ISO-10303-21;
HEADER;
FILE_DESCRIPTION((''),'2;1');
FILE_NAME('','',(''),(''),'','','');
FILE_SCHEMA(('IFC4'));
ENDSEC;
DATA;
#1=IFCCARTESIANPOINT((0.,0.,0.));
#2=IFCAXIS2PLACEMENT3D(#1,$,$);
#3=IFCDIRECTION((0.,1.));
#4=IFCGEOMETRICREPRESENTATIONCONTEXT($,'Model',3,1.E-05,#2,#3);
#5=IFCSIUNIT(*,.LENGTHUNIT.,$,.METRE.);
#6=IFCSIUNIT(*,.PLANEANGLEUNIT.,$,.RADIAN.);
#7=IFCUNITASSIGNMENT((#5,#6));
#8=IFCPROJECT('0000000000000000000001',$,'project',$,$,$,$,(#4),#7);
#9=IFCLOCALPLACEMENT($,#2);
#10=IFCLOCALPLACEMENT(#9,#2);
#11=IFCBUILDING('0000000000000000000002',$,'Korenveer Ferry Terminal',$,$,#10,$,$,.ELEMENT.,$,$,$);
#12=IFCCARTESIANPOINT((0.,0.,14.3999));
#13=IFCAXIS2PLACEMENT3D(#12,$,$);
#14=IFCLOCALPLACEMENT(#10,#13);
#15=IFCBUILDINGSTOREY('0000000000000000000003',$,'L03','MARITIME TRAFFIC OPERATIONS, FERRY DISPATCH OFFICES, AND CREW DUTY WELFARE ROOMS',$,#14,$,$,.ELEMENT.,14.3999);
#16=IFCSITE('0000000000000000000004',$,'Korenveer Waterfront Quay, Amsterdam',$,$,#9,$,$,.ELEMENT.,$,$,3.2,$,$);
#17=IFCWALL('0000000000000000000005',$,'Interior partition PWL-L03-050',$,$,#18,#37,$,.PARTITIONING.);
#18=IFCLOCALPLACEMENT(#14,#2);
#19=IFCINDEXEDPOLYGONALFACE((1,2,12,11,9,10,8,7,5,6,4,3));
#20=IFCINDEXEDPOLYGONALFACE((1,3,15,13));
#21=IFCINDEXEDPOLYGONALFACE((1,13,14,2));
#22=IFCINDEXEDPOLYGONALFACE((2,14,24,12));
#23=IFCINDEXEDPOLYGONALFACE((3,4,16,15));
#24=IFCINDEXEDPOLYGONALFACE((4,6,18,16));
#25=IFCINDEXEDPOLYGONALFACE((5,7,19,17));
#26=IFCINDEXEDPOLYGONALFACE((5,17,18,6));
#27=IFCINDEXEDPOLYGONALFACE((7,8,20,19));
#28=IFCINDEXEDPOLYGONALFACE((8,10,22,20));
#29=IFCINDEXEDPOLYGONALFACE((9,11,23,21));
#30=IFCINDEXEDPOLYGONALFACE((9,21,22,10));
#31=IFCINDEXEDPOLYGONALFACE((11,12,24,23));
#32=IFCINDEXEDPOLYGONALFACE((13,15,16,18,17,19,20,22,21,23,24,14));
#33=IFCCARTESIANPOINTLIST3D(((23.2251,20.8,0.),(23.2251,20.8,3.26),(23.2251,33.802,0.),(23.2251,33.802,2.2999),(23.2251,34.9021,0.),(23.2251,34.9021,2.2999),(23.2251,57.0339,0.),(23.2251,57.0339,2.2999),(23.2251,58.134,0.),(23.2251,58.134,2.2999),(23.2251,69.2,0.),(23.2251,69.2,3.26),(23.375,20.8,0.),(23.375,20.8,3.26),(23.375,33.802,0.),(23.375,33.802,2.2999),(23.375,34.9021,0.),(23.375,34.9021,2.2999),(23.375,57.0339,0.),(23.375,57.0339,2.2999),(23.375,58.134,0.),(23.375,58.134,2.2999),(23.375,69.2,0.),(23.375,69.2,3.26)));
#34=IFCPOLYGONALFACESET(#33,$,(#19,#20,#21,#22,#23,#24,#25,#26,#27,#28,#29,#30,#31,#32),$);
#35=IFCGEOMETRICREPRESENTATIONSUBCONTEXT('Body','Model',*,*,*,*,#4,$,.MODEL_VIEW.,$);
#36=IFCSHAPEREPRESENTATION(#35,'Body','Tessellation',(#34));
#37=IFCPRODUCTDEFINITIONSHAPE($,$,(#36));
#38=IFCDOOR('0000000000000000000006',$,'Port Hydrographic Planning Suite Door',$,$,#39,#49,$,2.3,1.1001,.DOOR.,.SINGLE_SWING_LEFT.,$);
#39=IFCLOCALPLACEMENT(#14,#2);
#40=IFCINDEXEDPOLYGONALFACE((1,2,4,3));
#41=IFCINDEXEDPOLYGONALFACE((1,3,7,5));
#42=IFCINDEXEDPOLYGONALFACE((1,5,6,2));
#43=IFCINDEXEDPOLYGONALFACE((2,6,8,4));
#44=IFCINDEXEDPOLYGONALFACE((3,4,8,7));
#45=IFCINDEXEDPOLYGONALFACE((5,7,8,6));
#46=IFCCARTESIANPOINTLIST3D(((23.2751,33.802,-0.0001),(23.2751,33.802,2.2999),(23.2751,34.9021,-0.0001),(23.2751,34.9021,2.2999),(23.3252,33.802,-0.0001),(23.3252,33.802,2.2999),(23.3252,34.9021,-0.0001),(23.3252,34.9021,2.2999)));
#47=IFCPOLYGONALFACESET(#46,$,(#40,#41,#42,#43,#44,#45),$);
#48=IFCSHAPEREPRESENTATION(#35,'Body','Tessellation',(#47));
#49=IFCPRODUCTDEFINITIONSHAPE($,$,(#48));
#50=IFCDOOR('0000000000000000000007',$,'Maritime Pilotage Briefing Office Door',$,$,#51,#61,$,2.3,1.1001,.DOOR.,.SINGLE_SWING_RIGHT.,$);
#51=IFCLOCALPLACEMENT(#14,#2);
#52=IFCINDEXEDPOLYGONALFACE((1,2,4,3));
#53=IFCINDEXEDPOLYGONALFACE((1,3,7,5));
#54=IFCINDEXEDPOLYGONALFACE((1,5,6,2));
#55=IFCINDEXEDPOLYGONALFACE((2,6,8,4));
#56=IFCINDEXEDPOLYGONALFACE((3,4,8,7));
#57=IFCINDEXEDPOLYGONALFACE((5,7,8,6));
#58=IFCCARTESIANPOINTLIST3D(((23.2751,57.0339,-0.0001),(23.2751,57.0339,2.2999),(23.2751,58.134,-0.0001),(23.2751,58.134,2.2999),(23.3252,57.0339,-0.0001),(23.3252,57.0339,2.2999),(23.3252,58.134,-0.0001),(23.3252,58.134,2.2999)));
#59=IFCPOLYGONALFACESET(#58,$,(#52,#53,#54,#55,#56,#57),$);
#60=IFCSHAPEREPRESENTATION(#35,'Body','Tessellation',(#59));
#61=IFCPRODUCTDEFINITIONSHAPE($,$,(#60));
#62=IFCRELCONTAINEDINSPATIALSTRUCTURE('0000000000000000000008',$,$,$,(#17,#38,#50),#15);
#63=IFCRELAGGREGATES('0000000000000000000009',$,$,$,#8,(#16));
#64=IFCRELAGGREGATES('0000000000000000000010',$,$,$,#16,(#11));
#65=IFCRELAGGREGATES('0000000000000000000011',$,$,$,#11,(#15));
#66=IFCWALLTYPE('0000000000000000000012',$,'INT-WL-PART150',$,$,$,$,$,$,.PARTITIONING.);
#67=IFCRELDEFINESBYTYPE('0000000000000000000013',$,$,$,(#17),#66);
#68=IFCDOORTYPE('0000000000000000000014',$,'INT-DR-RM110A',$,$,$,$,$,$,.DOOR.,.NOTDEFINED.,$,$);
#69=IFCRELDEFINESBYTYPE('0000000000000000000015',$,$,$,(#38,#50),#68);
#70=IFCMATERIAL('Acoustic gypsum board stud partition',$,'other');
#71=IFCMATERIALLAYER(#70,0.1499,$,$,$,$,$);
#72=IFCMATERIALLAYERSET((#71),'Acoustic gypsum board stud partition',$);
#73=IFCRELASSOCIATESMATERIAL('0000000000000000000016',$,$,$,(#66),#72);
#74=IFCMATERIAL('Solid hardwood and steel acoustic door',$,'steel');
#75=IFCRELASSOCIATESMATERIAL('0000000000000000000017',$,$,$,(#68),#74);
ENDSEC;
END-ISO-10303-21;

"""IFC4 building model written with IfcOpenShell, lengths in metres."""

from ifc_helpers import new_model, si_unit, direction, frame, frame_2d, origin, place, context, subcontext, project, spatial, rectangle, extrude, material, layer, layer_set, type_object, element, fill, save


model = new_model("IFC4")

# Units and contexts
model_context = context("Model", 3, precision=1e-05, world=origin(), true_north=direction((0.0, 1.0)))
body_context = subcontext(model_context, "Body", "Model", "MODEL_VIEW")
ifc_project = project(units=[si_unit("LENGTHUNIT", "METRE"), si_unit("PLANEANGLEUNIT", "RADIAN")], contexts=[model_context])

# Site, building, storey
site_placement = place(None, origin())
site = spatial("IfcSite", under=ifc_project, at=site_placement, Name="Korenveer Waterfront Quay, Amsterdam", CompositionType="ELEMENT", RefElevation=3.2)
building_placement = place(site_placement, origin())
building = spatial("IfcBuilding", under=site, at=building_placement, Name="Korenveer Ferry Terminal", CompositionType="ELEMENT")
storey_placement = place(building_placement, frame((0.0, 0.0, 14.3999)))
storey = spatial("IfcBuildingStorey", under=building, at=storey_placement, Name="L03", Description="MARITIME TRAFFIC OPERATIONS, FERRY DISPATCH OFFICES, AND CREW DUTY WELFARE ROOMS", CompositionType="ELEMENT", Elevation=14.3999)

# Wall, openings, doors
ifc_material_1 = material(Name="Solid hardwood and steel acoustic door", Category="steel")
ifc_material_2 = material(Name="Acoustic gypsum board stud partition", Category="other")
ifc_layer_1 = layer(ifc_material_2, 0.1499)
ifc_layer_set_1 = layer_set([ifc_layer_1], Name="Acoustic gypsum board stud partition")
wall_type_1 = type_object("IfcWallType", Name="INT-WL-PART150", PredefinedType="PARTITIONING", material=ifc_layer_set_1)
wall_1_placement = place(storey_placement, frame((23.3, 20.8, 0.0), z_axis=(0.0, 0.0, 1.0), x_axis=(0.0, 1.0, 0.0)))
wall_1 = element("IfcWall", 1, at=wall_1_placement, inside=storey, type_object=wall_type_1, Name="Interior partition PWL-L03-050", PredefinedType="PARTITIONING", context=body_context, shape_type="SweptSolid", body=[
    extrude(rectangle(XDim=48.3999, YDim=0.1499, at=frame_2d((24.2, 0.0))), origin(), (0.0, 0.0, 1.0), 3.26),
])
opening_1_placement = place(wall_1_placement, frame((13.002, 0.0, 0.0)))
opening_1 = element("IfcOpeningElement", 2, at=opening_1_placement, cuts=wall_1, PredefinedType="OPENING", context=body_context, shape_type="SweptSolid", body=[
    extrude(rectangle(XDim=1.1001, YDim=2.3, at=frame_2d((0.55, 1.1499))), frame((0.0, 0.085, 0.0), z_axis=(0.0, -1.0, 0.0), x_axis=(1.0, 0.0, 0.0)), (0.0, 0.0, 1.0), 0.1699),
])
opening_2_placement = place(wall_1_placement, frame((36.2339, 0.0, 0.0)))
opening_2 = element("IfcOpeningElement", 3, at=opening_2_placement, cuts=wall_1, PredefinedType="OPENING", context=body_context, shape_type="SweptSolid", body=[
    extrude(rectangle(XDim=1.1001, YDim=2.3, at=frame_2d((0.55, 1.1499))), frame((0.0, 0.085, 0.0), z_axis=(0.0, -1.0, 0.0), x_axis=(1.0, 0.0, 0.0)), (0.0, 0.0, 1.0), 0.1699),
])
door_type_1 = type_object("IfcDoorType", Name="INT-DR-RM110A", OperationType="NOTDEFINED", PredefinedType="DOOR", material=ifc_material_1)
door_1_placement = place(opening_1_placement, origin())
door_1 = element("IfcDoor", 4, at=door_1_placement, inside=storey, type_object=door_type_1, Name="Port Hydrographic Planning Suite Door", OperationType="SINGLE_SWING_LEFT", OverallHeight=2.3, OverallWidth=1.1001, PredefinedType="DOOR", context=body_context, shape_type="SweptSolid", body=[
    extrude(rectangle(XDim=1.1001, YDim=2.3, at=frame_2d((0.55, 1.1499))), frame((0.0, 0.0249, 0.0), z_axis=(0.0, -1.0, 0.0), x_axis=(1.0, 0.0, 0.0)), (0.0, 0.0, 1.0), 0.05),
])
fill(opening_1, door_1)
door_2_placement = place(opening_2_placement, origin())
door_2 = element("IfcDoor", 5, at=door_2_placement, inside=storey, type_object=door_type_1, Name="Maritime Pilotage Briefing Office Door", OperationType="SINGLE_SWING_RIGHT", OverallHeight=2.3, OverallWidth=1.1001, PredefinedType="DOOR", context=body_context, shape_type="SweptSolid", body=[
    extrude(rectangle(XDim=1.1001, YDim=2.3, at=frame_2d((0.55, 1.1499))), frame((0.0, 0.0249, 0.0), z_axis=(0.0, -1.0, 0.0), x_axis=(1.0, 0.0, 0.0)), (0.0, 0.0, 1.0), 0.05),
])
fill(opening_2, door_2)

save(model, "model.ifc")
